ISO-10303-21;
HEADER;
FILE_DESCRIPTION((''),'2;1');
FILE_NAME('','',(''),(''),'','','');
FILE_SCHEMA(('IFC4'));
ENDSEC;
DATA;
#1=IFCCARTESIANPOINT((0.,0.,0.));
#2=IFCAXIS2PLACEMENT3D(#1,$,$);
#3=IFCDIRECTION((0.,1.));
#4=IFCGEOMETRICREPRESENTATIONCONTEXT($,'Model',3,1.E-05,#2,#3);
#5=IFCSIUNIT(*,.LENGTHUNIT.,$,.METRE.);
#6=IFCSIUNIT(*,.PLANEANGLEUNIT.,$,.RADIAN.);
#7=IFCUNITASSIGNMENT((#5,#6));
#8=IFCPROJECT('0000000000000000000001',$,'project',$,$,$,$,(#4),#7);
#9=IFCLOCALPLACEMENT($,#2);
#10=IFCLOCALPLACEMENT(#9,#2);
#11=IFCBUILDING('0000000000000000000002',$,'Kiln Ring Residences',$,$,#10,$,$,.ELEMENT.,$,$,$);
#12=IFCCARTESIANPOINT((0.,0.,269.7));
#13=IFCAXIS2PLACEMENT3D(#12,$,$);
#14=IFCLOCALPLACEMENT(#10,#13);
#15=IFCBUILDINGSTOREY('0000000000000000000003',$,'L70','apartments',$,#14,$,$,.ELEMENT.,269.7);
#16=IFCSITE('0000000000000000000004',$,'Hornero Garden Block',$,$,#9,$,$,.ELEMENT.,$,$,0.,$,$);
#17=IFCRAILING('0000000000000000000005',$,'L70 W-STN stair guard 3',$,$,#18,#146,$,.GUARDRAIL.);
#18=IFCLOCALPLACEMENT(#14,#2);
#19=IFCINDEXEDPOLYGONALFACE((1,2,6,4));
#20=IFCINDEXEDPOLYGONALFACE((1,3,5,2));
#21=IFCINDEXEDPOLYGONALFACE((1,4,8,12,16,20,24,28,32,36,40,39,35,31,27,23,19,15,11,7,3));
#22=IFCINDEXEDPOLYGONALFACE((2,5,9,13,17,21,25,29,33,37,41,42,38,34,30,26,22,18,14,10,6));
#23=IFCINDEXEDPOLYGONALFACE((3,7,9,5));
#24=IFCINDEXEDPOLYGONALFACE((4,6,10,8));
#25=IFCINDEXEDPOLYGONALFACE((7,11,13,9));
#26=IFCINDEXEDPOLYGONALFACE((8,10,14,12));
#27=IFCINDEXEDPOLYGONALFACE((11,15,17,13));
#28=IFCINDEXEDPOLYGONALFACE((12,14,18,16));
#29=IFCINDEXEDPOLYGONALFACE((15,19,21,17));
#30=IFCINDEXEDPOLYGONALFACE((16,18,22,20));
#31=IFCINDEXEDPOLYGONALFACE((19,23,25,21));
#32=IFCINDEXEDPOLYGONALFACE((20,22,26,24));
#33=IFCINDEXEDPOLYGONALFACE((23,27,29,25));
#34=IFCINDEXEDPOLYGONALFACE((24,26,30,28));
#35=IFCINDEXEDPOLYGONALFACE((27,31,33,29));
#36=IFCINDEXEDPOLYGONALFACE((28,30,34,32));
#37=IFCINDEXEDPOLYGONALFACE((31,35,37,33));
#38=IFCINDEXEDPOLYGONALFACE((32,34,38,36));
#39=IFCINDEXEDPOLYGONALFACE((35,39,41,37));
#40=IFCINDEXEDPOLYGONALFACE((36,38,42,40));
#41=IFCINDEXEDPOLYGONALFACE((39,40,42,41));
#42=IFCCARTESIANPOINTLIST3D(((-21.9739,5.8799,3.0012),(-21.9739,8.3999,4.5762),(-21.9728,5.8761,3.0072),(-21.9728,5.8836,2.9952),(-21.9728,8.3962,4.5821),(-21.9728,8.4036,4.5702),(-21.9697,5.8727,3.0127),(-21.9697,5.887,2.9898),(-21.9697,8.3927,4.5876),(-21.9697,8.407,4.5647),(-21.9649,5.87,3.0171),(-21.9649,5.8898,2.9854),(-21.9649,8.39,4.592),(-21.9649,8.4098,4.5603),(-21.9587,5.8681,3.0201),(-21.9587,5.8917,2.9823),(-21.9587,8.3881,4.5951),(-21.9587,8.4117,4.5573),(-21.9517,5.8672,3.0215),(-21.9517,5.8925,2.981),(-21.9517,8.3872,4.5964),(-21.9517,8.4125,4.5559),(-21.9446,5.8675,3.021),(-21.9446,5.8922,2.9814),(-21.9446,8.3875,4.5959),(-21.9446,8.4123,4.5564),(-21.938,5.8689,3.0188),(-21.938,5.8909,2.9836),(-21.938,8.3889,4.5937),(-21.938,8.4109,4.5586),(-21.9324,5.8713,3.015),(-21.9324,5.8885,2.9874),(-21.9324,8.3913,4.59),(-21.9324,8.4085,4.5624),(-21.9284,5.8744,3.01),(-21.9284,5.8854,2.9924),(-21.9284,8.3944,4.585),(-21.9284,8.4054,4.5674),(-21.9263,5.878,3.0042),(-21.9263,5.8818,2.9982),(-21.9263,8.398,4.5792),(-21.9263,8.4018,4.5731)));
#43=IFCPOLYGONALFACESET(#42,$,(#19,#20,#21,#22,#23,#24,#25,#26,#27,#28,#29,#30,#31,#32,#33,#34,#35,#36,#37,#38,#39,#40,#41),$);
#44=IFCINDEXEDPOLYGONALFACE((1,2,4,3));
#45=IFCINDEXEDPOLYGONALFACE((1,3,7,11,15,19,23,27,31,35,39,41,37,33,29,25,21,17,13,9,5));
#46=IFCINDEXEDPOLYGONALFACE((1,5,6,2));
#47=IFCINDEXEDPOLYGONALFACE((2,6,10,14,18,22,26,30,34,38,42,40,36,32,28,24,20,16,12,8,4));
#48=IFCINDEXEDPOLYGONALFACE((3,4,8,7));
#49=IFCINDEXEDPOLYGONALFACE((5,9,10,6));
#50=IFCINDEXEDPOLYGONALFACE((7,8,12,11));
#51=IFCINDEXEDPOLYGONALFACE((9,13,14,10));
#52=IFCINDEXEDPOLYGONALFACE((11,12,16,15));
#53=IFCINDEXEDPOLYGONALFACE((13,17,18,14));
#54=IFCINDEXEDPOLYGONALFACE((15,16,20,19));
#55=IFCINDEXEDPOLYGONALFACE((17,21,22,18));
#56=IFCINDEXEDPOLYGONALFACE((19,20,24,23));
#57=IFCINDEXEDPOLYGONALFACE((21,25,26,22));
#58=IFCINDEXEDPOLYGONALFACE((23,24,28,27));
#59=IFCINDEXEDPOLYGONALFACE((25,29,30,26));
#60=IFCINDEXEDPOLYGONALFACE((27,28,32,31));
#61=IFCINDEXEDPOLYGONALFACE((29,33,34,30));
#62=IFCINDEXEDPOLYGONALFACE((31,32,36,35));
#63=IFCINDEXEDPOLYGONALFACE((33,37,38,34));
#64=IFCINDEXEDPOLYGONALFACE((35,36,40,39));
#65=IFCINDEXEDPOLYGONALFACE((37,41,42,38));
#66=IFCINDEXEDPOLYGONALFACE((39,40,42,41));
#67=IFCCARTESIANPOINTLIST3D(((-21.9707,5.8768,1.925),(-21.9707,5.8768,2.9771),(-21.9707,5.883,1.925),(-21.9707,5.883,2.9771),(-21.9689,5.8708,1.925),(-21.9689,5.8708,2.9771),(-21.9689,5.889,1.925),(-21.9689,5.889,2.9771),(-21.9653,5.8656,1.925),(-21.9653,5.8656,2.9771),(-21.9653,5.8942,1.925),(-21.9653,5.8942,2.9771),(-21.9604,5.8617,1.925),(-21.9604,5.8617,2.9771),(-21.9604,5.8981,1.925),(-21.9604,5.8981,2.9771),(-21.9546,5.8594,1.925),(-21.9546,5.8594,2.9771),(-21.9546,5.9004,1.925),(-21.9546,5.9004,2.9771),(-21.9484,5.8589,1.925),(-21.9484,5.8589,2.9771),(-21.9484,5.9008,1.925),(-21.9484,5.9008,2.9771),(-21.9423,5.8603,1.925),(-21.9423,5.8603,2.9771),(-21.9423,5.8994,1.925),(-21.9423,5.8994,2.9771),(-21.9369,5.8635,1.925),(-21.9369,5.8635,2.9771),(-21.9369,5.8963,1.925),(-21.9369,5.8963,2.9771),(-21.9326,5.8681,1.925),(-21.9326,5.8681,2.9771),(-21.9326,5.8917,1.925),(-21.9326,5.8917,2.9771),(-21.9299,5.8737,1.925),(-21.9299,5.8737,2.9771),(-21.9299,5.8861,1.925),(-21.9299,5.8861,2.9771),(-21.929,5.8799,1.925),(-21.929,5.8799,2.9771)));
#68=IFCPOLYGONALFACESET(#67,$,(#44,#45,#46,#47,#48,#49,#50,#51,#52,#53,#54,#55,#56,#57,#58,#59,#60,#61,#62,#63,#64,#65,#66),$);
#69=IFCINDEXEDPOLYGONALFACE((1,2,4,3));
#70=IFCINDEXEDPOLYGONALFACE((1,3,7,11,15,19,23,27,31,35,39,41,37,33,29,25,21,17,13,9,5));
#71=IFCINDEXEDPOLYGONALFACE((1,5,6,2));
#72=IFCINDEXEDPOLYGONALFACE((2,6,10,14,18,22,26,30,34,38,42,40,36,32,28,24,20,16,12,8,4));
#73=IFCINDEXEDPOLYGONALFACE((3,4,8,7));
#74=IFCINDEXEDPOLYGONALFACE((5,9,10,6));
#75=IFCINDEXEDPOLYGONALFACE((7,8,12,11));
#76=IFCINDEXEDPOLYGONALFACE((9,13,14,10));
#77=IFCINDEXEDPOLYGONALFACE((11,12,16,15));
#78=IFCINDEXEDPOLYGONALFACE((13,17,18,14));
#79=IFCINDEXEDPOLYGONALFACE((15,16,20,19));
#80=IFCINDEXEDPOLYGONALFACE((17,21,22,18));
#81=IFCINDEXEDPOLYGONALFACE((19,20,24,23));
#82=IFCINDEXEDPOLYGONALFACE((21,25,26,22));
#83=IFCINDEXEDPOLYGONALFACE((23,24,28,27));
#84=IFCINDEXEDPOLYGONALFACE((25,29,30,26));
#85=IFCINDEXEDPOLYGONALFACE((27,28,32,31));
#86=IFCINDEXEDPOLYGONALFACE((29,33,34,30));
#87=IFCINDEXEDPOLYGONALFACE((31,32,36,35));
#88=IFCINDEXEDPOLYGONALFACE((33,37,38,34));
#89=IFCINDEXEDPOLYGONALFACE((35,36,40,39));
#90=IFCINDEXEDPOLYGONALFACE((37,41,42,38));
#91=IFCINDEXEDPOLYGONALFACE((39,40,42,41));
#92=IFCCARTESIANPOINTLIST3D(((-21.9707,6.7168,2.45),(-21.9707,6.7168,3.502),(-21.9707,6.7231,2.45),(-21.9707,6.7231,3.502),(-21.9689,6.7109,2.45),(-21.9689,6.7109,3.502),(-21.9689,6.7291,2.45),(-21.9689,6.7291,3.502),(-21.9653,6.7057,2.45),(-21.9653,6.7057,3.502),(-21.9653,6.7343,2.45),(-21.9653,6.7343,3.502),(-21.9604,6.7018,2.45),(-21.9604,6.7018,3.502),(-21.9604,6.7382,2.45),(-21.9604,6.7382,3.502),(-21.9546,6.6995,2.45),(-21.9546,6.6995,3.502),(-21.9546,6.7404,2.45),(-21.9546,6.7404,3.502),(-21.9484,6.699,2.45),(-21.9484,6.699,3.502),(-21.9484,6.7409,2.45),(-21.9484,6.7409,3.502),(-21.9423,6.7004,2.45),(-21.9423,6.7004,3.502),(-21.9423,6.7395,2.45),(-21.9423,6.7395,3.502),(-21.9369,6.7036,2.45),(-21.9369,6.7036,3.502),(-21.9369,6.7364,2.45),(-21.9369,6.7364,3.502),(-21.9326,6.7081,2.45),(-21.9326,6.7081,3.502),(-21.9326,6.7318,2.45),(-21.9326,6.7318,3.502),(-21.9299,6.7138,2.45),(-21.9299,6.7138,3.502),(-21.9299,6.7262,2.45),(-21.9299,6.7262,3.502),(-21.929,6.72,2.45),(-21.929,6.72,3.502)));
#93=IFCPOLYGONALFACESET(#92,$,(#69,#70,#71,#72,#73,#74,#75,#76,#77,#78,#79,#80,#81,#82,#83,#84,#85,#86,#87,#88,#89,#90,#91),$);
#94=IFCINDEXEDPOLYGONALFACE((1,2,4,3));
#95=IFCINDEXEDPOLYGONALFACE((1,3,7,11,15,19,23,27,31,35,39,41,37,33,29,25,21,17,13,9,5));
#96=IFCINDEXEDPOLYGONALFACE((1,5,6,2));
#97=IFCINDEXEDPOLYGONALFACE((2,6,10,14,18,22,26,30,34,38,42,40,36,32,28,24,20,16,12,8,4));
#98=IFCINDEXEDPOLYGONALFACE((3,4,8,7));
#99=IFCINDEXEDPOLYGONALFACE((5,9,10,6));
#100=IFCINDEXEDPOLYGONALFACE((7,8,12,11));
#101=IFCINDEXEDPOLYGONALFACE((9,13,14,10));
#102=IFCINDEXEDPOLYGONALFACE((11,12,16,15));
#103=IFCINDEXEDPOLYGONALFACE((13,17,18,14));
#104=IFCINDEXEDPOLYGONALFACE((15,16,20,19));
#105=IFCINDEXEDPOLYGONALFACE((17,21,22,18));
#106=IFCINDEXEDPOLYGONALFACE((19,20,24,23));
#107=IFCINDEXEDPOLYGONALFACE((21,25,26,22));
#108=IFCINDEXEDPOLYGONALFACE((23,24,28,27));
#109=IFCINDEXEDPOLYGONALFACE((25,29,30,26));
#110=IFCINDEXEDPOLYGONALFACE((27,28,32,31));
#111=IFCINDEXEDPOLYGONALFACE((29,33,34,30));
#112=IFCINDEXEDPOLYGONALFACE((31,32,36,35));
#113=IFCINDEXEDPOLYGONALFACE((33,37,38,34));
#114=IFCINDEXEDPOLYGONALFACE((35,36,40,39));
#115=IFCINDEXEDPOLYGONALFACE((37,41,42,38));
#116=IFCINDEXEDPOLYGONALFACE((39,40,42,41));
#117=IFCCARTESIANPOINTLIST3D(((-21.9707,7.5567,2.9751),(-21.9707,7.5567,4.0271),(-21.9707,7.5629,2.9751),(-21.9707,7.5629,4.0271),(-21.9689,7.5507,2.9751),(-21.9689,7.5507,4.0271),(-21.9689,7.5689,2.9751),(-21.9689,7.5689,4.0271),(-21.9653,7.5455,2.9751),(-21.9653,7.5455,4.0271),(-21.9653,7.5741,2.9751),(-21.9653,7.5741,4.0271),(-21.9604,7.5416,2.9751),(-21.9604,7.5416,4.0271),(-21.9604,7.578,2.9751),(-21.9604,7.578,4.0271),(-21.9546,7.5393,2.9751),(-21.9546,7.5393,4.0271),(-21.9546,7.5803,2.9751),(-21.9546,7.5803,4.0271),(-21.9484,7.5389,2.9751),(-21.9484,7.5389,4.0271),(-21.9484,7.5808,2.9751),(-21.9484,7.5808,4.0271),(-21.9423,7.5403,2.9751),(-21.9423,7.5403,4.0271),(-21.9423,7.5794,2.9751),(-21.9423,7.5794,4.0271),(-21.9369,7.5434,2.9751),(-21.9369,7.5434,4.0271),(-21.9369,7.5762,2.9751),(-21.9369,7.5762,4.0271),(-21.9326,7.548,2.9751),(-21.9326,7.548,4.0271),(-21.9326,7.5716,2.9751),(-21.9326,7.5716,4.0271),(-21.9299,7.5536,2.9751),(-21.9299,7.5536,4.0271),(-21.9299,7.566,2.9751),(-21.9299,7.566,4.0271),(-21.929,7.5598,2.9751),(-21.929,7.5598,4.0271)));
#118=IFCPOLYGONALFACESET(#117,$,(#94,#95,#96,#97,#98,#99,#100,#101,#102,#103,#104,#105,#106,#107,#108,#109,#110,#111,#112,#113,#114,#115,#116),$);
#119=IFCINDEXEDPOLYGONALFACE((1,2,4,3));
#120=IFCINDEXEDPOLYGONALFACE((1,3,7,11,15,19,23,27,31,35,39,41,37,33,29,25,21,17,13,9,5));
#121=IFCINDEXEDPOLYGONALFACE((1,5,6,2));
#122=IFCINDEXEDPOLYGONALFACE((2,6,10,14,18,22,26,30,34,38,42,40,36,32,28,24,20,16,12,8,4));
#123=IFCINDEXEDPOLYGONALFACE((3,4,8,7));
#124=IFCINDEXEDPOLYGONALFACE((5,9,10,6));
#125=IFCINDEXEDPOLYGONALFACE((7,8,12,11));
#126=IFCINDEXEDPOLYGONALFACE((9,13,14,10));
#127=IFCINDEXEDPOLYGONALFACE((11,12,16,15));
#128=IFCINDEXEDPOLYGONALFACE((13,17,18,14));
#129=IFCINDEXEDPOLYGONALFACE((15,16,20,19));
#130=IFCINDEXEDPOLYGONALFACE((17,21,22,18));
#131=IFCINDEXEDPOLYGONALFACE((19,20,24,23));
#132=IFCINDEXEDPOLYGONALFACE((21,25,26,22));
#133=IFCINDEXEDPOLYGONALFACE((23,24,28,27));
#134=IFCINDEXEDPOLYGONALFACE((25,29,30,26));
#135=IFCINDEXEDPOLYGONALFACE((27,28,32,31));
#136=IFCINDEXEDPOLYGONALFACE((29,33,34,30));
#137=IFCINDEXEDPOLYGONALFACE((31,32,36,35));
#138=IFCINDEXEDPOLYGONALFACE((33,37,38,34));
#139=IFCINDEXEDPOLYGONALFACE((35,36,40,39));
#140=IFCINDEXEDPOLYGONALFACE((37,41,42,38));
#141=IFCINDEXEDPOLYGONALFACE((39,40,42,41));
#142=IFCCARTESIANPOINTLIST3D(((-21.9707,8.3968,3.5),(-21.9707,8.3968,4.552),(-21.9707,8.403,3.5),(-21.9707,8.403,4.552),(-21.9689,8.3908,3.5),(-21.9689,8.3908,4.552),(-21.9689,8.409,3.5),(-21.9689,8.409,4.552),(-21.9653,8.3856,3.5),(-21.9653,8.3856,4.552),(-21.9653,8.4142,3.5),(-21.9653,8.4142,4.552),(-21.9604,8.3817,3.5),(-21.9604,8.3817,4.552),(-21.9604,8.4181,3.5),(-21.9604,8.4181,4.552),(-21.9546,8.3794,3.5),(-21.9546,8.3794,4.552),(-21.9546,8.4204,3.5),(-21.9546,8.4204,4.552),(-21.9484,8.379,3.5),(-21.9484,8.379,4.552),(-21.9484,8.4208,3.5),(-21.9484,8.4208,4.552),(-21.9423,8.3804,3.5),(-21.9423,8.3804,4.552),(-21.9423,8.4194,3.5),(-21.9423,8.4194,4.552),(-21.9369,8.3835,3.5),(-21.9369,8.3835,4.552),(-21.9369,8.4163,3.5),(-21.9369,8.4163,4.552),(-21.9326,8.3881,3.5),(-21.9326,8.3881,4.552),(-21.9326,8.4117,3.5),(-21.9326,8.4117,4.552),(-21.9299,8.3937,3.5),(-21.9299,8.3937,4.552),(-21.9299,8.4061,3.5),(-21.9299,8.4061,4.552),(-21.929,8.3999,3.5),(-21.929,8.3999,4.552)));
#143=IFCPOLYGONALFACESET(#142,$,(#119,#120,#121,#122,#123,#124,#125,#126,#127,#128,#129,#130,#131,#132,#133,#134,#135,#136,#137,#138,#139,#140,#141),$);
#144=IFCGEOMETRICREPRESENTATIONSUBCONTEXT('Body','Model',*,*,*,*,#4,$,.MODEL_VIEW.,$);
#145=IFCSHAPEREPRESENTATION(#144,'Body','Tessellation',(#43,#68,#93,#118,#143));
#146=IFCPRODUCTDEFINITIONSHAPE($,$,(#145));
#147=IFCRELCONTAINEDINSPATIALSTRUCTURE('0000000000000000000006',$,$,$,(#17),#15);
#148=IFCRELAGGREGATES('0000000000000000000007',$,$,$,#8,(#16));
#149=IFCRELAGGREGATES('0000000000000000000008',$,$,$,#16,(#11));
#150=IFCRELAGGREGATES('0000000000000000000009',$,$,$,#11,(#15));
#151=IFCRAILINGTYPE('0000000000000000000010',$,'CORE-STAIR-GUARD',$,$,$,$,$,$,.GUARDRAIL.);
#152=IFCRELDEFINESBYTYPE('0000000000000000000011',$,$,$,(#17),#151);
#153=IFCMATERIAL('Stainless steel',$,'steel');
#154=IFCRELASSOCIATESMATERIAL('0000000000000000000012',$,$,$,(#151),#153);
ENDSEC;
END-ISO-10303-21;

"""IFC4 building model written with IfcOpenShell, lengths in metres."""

from ifc_helpers import new_model, si_unit, direction, frame, origin, origin_2d, place, context, subcontext, project, spatial, circle, extrude, material, type_object, element, save


model = new_model("IFC4")

# Units and contexts
model_context = context("Model", 3, precision=1e-05, world=origin(), true_north=direction((0.0, 1.0)))
body_context = subcontext(model_context, "Body", "Model", "MODEL_VIEW")
ifc_project = project(units=[si_unit("LENGTHUNIT", "METRE"), si_unit("PLANEANGLEUNIT", "RADIAN")], contexts=[model_context])

# Site, building, storey
site_placement = place(None, origin())
site = spatial("IfcSite", under=ifc_project, at=site_placement, Name="Hornero Garden Block", CompositionType="ELEMENT", RefElevation=0.0)
building_placement = place(site_placement, origin())
building = spatial("IfcBuilding", under=site, at=building_placement, Name="Kiln Ring Residences", CompositionType="ELEMENT")
storey_placement = place(building_placement, frame((0.0, 0.0, 269.7)))
storey = spatial("IfcBuildingStorey", under=building, at=storey_placement, Name="L70", Description="apartments", CompositionType="ELEMENT", Elevation=269.7)

# Railing
ifc_material_1 = material(Name="Stainless steel", Category="steel")
railing_type_1 = type_object("IfcRailingType", Name="CORE-STAIR-GUARD", PredefinedType="GUARDRAIL", material=ifc_material_1)
railing_1_placement = place(storey_placement, frame((-21.95, 5.8799, 1.925)))
element("IfcRailing", 1, at=railing_1_placement, inside=storey, type_object=railing_type_1, Name="L70 W-STN stair guard 3", PredefinedType="GUARDRAIL", context=body_context, shape_type="SweptSolid", body=[
    extrude(circle(Radius=0.0239, at=origin_2d()), frame((0.0, 0.0, 1.0762), z_axis=(0.0, 0.848008, 0.529984), x_axis=(-1.0, 0.0, 0.0)), (0.0, 0.0, 1.0), 2.9717),
    extrude(circle(Radius=0.021, at=origin_2d()), origin(), (0.0, 0.0, 1.0), 1.052),
    extrude(circle(Radius=0.021, at=origin_2d()), frame((0.0, 0.8401, 0.5249)), (0.0, 0.0, 1.0), 1.052),
    extrude(circle(Radius=0.021, at=origin_2d()), frame((0.0, 1.6799, 1.05)), (0.0, 0.0, 1.0), 1.052),
    extrude(circle(Radius=0.021, at=origin_2d()), frame((0.0, 2.52, 1.575)), (0.0, 0.0, 1.0), 1.052),
])

save(model, "model.ifc")
